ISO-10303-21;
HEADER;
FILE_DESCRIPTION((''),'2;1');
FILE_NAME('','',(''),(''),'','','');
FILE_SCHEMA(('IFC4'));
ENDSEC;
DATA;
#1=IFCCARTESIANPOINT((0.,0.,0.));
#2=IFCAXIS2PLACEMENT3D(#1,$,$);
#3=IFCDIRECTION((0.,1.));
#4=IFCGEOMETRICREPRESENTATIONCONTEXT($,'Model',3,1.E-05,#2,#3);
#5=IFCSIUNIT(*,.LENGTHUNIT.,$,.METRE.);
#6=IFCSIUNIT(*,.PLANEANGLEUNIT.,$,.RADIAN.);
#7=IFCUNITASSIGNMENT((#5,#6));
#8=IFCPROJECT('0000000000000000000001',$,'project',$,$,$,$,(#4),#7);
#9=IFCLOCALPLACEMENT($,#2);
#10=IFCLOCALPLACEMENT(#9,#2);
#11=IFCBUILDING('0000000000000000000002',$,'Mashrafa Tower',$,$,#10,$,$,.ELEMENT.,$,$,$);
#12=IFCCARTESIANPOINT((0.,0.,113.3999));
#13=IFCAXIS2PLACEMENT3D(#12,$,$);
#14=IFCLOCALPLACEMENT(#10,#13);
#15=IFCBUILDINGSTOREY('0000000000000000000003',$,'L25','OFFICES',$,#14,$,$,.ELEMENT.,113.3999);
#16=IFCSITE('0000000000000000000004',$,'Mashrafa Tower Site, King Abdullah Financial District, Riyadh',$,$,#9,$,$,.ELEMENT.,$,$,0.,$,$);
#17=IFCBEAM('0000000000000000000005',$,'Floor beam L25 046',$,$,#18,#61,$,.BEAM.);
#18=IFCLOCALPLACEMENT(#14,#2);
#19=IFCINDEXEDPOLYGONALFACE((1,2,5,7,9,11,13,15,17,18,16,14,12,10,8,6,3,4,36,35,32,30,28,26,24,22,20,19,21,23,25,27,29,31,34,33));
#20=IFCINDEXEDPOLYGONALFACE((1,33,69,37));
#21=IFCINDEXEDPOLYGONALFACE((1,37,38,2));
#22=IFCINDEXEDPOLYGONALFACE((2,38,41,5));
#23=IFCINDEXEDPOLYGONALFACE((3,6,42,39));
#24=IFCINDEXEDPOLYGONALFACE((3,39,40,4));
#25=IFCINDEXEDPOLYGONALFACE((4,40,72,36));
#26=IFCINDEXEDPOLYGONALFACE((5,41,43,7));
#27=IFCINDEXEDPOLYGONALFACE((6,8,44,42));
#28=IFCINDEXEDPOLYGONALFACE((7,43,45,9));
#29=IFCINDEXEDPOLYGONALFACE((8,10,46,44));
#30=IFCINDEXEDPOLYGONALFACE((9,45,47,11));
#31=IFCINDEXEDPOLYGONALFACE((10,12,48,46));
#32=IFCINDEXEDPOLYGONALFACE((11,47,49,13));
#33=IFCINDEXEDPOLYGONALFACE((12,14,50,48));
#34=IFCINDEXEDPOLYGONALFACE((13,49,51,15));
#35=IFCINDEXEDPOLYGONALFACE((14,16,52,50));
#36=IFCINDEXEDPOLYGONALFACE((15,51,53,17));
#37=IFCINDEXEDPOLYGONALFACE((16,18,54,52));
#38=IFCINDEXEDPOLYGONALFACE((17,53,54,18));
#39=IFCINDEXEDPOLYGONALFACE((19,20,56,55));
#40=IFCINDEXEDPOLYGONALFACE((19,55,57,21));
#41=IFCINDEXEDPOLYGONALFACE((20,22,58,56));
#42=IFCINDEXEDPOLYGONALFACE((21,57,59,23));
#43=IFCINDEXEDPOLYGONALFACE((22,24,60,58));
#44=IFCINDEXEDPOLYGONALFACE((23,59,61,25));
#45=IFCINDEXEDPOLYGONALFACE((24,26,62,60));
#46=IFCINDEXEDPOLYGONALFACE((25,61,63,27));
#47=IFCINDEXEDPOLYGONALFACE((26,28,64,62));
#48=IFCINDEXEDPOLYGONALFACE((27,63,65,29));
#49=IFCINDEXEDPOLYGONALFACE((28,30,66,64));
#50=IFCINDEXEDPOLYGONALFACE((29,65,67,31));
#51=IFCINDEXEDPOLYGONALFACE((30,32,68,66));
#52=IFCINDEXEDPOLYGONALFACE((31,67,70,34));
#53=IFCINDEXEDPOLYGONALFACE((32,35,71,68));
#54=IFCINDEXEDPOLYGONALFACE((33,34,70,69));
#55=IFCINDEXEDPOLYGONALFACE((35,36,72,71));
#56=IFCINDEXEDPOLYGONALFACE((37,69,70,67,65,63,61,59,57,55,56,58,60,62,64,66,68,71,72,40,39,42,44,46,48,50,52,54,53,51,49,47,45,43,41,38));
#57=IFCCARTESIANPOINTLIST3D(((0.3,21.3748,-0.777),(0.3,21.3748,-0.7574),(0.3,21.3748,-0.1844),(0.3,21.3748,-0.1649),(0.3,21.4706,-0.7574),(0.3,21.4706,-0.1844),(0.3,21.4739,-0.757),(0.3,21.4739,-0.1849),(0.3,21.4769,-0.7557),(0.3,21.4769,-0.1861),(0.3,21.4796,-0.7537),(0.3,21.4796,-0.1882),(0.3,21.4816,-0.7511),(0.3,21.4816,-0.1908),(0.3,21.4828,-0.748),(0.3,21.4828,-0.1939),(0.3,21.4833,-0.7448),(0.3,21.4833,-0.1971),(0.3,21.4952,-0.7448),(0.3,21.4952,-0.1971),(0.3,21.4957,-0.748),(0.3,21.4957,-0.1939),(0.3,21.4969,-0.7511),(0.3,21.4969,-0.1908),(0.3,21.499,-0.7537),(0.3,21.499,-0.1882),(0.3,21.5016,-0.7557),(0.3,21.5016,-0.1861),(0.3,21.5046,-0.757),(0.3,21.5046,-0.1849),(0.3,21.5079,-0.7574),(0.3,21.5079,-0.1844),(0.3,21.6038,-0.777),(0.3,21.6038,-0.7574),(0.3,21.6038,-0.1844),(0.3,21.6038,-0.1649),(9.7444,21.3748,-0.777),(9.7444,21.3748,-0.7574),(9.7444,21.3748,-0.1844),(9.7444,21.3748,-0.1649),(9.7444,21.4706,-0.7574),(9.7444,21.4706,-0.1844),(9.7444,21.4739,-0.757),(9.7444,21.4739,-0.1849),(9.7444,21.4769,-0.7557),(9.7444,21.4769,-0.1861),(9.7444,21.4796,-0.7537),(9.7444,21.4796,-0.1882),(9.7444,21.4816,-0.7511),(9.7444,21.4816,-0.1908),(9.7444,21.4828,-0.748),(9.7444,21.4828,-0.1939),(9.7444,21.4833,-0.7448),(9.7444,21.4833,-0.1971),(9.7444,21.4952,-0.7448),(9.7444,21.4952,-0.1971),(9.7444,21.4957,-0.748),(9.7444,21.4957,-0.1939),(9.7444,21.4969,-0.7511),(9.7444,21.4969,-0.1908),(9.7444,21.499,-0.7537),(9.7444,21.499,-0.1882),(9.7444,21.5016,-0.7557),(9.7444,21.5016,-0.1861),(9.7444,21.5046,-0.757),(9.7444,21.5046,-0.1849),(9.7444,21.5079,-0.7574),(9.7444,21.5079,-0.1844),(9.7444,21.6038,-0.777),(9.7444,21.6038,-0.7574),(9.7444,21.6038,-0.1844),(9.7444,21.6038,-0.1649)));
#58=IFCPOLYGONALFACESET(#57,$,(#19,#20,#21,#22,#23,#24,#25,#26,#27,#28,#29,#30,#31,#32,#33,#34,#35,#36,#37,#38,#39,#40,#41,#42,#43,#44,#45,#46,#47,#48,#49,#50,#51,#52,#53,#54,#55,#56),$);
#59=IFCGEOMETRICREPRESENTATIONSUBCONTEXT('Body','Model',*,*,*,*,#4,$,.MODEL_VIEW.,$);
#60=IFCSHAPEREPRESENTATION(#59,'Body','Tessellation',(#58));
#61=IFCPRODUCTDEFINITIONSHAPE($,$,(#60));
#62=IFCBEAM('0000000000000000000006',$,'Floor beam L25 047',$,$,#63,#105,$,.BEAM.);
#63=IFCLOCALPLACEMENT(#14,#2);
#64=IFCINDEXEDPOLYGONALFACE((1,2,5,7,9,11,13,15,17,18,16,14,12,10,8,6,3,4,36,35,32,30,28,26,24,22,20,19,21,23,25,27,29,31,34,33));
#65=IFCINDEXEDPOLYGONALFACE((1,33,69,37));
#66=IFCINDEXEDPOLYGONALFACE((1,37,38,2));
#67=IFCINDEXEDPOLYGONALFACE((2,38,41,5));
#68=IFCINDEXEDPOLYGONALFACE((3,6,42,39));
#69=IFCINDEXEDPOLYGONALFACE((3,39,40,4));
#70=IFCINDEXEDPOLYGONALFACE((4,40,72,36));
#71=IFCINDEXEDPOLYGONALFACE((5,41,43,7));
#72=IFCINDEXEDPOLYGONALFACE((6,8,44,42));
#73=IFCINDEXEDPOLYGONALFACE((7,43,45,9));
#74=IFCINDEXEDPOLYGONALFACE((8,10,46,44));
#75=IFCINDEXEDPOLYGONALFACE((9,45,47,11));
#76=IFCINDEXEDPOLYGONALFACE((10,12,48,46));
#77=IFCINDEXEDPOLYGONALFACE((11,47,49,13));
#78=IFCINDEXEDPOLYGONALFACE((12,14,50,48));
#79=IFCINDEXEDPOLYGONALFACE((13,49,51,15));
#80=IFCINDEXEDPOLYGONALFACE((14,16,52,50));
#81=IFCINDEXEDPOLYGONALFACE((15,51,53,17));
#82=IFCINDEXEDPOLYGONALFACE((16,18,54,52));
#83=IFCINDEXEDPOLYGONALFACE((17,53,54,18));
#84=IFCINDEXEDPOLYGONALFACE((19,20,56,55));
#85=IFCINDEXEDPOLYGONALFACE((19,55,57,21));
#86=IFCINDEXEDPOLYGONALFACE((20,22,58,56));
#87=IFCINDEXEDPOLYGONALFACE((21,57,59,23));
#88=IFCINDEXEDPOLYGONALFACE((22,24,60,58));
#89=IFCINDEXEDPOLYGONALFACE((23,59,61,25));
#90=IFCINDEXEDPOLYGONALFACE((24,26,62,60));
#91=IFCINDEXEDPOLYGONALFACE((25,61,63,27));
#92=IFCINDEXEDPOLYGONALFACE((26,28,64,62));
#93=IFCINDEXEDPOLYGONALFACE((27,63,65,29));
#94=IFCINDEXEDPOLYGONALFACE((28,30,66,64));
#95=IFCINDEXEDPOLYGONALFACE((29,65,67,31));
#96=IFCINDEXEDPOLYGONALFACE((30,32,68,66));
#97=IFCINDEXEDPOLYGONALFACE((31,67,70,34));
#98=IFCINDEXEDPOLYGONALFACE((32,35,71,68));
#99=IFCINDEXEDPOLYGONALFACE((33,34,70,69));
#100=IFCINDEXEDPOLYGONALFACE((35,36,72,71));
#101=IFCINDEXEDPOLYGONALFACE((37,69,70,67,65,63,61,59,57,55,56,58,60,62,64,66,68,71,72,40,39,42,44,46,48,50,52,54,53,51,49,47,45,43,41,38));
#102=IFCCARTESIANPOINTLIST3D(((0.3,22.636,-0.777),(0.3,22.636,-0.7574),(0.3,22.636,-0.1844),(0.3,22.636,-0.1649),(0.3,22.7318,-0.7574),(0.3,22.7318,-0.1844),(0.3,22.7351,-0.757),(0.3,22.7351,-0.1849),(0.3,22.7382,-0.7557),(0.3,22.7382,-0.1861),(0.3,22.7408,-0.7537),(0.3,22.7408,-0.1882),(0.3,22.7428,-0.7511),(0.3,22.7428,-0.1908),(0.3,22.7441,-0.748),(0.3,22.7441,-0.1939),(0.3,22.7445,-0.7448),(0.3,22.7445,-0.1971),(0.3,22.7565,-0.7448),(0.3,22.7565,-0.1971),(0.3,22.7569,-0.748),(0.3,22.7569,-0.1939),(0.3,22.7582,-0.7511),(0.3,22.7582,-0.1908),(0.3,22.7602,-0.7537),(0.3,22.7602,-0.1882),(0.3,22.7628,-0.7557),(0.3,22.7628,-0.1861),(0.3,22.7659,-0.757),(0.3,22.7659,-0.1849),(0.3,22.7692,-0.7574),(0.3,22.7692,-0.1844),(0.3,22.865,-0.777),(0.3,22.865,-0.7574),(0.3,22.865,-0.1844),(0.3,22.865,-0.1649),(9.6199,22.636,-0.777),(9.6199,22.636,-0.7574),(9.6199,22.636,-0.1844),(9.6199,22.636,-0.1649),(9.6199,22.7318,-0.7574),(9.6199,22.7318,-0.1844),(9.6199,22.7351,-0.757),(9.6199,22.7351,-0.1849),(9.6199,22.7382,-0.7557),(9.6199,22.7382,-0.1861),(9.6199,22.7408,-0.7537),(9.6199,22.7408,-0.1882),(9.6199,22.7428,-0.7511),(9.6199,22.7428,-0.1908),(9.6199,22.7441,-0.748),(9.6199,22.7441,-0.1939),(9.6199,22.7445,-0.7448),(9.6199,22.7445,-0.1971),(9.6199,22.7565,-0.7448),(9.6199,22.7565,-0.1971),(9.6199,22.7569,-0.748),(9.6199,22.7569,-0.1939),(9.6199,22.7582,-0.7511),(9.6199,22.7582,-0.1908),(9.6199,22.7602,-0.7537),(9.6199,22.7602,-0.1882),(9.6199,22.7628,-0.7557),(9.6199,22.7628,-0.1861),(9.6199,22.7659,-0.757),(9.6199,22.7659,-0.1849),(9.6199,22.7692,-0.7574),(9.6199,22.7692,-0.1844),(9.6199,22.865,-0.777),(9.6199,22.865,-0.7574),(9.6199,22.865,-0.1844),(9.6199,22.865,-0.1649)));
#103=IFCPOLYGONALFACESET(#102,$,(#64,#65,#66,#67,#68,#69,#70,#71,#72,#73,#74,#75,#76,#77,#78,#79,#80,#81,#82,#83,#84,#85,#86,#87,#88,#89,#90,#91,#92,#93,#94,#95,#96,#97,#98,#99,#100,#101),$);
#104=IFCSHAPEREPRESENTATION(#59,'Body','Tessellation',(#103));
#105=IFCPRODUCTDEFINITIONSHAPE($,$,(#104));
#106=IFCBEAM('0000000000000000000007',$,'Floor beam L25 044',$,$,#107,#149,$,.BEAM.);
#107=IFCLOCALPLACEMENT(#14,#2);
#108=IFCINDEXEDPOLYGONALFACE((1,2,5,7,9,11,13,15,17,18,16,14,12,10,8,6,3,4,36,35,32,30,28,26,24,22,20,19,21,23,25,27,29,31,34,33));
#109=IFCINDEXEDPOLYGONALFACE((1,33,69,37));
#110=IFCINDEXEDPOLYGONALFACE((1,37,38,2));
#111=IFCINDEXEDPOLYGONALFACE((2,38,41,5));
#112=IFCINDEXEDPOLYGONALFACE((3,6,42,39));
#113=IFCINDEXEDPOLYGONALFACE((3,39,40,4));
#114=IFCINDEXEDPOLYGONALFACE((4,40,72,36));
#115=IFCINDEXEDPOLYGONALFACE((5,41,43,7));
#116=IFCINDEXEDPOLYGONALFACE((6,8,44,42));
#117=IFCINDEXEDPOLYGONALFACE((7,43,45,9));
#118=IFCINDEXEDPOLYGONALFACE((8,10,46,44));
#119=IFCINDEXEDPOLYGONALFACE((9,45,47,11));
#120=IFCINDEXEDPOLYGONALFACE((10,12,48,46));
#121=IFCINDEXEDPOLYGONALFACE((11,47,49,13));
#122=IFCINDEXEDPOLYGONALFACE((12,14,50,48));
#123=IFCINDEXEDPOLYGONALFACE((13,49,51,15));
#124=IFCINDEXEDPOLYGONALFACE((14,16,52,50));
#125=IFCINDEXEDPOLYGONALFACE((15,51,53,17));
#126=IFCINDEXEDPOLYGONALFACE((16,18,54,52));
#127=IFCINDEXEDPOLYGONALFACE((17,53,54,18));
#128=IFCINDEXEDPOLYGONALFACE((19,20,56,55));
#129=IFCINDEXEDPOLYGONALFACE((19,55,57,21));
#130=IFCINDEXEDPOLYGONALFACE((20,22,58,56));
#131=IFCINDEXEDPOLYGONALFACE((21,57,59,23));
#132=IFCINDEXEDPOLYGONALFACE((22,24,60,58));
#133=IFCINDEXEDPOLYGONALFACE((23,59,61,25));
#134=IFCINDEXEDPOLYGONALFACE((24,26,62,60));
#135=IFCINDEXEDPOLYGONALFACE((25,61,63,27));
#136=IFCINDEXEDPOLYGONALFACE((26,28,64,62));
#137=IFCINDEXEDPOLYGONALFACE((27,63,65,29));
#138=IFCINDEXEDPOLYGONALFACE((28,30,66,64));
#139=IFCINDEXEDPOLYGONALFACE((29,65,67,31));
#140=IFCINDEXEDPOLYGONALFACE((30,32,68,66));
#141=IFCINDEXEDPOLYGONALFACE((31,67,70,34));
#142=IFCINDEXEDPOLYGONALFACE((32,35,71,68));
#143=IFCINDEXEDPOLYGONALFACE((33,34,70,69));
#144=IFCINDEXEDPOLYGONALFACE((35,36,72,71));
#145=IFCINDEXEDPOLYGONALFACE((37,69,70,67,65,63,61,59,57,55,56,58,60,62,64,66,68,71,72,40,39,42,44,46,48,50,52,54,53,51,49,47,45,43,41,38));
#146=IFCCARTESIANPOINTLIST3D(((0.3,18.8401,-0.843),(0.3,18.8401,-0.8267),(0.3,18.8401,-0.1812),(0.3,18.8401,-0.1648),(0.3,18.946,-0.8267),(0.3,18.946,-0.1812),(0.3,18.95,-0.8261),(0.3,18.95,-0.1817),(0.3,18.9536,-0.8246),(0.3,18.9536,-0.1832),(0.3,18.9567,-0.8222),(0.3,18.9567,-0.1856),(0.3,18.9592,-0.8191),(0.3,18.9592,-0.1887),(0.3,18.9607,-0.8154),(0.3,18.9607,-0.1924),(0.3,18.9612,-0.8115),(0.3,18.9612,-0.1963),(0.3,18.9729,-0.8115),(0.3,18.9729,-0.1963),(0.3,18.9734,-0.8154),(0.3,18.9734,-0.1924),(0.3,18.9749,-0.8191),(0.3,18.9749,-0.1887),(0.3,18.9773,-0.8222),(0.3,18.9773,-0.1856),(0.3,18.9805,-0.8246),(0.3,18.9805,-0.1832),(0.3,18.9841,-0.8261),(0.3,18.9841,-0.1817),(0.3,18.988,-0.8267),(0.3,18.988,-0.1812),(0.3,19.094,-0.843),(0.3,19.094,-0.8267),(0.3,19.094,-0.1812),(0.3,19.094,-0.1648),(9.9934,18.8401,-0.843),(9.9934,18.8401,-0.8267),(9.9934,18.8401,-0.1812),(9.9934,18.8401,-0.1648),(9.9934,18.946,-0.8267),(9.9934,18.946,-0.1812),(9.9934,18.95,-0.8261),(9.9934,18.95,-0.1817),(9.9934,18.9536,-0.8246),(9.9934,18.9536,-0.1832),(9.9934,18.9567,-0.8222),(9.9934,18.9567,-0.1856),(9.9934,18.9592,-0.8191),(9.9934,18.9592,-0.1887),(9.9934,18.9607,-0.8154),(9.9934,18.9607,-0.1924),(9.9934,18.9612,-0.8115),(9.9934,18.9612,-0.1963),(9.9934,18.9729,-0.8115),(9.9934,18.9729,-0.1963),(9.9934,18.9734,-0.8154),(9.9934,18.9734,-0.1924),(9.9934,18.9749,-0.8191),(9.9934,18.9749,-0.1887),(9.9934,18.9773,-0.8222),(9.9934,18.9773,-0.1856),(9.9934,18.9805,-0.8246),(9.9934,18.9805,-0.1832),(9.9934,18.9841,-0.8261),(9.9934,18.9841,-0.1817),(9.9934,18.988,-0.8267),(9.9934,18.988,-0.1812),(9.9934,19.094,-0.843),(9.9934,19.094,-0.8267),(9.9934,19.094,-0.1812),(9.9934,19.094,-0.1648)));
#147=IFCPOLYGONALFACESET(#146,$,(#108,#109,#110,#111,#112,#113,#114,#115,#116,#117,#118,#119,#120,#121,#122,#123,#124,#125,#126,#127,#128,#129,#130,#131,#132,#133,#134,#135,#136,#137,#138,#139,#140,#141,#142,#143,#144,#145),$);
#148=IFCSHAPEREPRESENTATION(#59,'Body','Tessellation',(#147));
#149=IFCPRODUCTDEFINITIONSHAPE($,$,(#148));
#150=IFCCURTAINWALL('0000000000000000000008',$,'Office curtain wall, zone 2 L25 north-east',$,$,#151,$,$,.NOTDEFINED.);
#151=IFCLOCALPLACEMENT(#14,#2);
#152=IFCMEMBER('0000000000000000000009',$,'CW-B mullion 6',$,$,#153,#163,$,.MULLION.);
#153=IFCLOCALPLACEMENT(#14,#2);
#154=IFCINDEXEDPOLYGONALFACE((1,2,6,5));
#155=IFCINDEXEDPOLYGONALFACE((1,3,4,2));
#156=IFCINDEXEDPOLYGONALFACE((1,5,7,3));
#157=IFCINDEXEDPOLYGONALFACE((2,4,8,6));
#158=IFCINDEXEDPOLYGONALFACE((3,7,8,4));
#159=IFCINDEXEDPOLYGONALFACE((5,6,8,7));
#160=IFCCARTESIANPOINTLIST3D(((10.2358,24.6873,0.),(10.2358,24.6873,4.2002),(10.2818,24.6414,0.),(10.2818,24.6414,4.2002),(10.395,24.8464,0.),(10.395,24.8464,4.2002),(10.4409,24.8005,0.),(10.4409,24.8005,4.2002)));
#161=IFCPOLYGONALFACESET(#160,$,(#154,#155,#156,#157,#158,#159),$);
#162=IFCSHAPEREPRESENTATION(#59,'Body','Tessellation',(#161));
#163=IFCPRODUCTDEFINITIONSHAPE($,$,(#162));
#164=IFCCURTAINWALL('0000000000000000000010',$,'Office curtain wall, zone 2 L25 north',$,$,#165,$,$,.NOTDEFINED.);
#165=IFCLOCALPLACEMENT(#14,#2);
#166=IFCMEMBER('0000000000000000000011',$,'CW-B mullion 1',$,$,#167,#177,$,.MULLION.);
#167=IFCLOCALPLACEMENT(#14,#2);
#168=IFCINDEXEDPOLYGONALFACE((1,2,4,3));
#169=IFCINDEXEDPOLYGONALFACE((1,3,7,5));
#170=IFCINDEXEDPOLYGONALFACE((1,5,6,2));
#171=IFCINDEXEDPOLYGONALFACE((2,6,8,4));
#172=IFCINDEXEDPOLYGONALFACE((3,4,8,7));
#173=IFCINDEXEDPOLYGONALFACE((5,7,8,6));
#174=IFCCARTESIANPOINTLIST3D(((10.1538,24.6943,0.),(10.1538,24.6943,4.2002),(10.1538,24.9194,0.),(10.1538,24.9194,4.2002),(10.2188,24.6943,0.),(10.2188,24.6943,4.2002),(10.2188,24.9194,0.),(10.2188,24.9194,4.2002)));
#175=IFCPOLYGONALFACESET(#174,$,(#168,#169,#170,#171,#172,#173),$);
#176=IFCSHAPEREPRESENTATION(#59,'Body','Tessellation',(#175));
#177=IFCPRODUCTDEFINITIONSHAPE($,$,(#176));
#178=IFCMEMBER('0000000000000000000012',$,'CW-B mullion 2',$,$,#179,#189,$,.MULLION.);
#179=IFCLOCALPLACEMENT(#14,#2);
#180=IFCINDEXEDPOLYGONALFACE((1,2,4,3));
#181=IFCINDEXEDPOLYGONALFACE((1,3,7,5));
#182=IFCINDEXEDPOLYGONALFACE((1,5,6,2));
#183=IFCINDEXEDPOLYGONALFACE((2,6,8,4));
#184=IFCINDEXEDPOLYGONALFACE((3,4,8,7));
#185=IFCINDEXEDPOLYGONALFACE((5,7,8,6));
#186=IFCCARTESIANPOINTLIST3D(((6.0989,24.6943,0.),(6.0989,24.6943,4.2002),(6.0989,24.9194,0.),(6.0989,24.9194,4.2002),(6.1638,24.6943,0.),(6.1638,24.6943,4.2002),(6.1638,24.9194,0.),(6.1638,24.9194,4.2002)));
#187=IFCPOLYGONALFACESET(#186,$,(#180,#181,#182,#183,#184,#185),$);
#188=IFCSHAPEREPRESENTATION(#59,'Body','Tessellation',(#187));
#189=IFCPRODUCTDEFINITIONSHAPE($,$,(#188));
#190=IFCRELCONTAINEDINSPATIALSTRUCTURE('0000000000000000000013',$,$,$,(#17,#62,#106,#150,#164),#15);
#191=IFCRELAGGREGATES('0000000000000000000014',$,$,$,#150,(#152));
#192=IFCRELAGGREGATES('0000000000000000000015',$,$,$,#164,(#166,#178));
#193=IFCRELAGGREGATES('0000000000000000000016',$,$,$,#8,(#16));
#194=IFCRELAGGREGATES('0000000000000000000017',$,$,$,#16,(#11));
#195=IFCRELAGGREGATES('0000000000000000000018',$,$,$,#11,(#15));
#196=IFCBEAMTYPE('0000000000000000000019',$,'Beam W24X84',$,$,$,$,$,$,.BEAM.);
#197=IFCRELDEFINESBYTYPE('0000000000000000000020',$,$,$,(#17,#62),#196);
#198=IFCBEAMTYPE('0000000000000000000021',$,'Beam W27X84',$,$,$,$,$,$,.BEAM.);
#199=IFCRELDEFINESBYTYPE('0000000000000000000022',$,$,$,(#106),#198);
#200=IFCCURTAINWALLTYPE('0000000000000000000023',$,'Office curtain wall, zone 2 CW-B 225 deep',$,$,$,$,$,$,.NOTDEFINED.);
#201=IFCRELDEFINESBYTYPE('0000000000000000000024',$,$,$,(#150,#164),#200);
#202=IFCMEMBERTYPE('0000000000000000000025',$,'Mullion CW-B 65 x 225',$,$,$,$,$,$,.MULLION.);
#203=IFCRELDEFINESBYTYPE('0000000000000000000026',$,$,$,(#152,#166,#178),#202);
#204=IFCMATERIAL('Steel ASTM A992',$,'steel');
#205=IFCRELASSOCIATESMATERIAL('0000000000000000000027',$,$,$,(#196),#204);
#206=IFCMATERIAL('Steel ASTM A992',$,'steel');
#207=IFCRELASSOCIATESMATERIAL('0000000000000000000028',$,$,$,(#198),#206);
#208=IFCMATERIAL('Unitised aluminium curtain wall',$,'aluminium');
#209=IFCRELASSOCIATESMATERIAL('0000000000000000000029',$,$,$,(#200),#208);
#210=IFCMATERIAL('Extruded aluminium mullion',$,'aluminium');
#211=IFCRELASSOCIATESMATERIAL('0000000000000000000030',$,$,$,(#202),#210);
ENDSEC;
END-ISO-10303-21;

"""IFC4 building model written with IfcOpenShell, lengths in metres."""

from ifc_helpers import new_model, si_unit, direction, frame, origin, origin_2d, place, context, subcontext, project, spatial, rectangle, i_section, extrude, source, transform, mapped, material, material_profile, profile_set, type_object, type_shapes, element, aggregate, save


model = new_model("IFC4")

# Units and contexts
model_context = context("Model", 3, precision=1e-05, world=origin(), true_north=direction((0.0, 1.0)))
body_context = subcontext(model_context, "Body", "Model", "MODEL_VIEW")
ifc_project = project(units=[si_unit("LENGTHUNIT", "METRE"), si_unit("PLANEANGLEUNIT", "RADIAN")], contexts=[model_context])

# Site, building, storey
site_placement = place(None, origin())
site = spatial("IfcSite", under=ifc_project, at=site_placement, Name="Mashrafa Tower Site, King Abdullah Financial District, Riyadh", CompositionType="ELEMENT", RefElevation=0.0)
building_placement = place(site_placement, origin())
building = spatial("IfcBuilding", under=site, at=building_placement, Name="Mashrafa Tower", CompositionType="ELEMENT")
storey_placement = place(building_placement, frame((0.0, 0.0, 113.3999)))
storey = spatial("IfcBuildingStorey", under=building, at=storey_placement, Name="L25", Description="OFFICES", CompositionType="ELEMENT", Elevation=113.3999)

# Beams
ifc_material_1 = material(Name="Steel ASTM A992", Category="steel")
ifc_material_profile_1 = material_profile(ifc_material_1, i_section(OverallWidth=0.229, OverallDepth=0.6121, WebThickness=0.012, FlangeThickness=0.0195, FilletRadius=0.0127, at=origin_2d()), Name="W24X84")
ifc_profile_set_1 = profile_set([ifc_material_profile_1], Name="Steel ASTM A992")
beam_type_1 = type_object("IfcBeamType", Name="Beam W24X84", PredefinedType="BEAM", material=ifc_profile_set_1)
beam_1_placement = place(storey_placement, frame((0.3, 21.4893, -0.4709), z_axis=(1.0, 0.0, 0.0), x_axis=(0.0, 1.0, 0.0)))
element("IfcBeam", 1, at=beam_1_placement, inside=storey, type_object=beam_type_1, Name="Floor beam L25 046", PredefinedType="BEAM", context=body_context, shape_type="SweptSolid", body=[
    extrude(i_section(OverallWidth=0.229, OverallDepth=0.6121, WebThickness=0.012, FlangeThickness=0.0195, FilletRadius=0.0127, at=origin_2d()), origin(), (0.0, 0.0, 1.0), 9.4443),
])
beam_2_placement = place(storey_placement, frame((0.3, 22.7505, -0.4709), z_axis=(1.0, 0.0, 0.0), x_axis=(0.0, 1.0, 0.0)))
element("IfcBeam", 2, at=beam_2_placement, inside=storey, type_object=beam_type_1, Name="Floor beam L25 047", PredefinedType="BEAM", context=body_context, shape_type="SweptSolid", body=[
    extrude(i_section(OverallWidth=0.229, OverallDepth=0.6121, WebThickness=0.012, FlangeThickness=0.0195, FilletRadius=0.0127, at=origin_2d()), origin(), (0.0, 0.0, 1.0), 9.3198),
])
ifc_material_2 = material(Name="Steel ASTM A992", Category="steel")
ifc_material_profile_2 = material_profile(ifc_material_2, i_section(OverallWidth=0.2539, OverallDepth=0.6782, WebThickness=0.0117, FlangeThickness=0.0164, FilletRadius=0.0151, at=origin_2d()), Name="W27X84")
ifc_profile_set_2 = profile_set([ifc_material_profile_2], Name="Steel ASTM A992")
beam_type_2 = type_object("IfcBeamType", Name="Beam W27X84", PredefinedType="BEAM", material=ifc_profile_set_2)
beam_3_placement = place(storey_placement, frame((0.3, 18.967, -0.5039), z_axis=(1.0, 0.0, 0.0), x_axis=(0.0, 1.0, 0.0)))
element("IfcBeam", 3, at=beam_3_placement, inside=storey, type_object=beam_type_2, Name="Floor beam L25 044", PredefinedType="BEAM", context=body_context, shape_type="SweptSolid", body=[
    extrude(i_section(OverallWidth=0.2539, OverallDepth=0.6782, WebThickness=0.0117, FlangeThickness=0.0164, FilletRadius=0.0151, at=origin_2d()), origin(), (0.0, 0.0, 1.0), 9.6934),
])

# Curtain wall, member
ifc_material_3 = material(Name="Unitised aluminium curtain wall", Category="aluminium")
curtain_wall_type = type_object("IfcCurtainWallType", Name="Office curtain wall, zone 2 CW-B 225 deep", PredefinedType="NOTDEFINED", material=ifc_material_3)
curtain_wall_1_placement = place(storey_placement, origin())
curtain_wall_1 = element("IfcCurtainWall", 4, at=curtain_wall_1_placement, inside=storey, type_object=curtain_wall_type, Name="Office curtain wall, zone 2 L25 north-east", PredefinedType="NOTDEFINED")
ifc_material_4 = material(Name="Extruded aluminium mullion", Category="aluminium")
ifc_material_profile_3 = material_profile(ifc_material_4, rectangle(XDim=0.2251, YDim=0.0649, at=origin_2d()), Name="Mullion 65x225")
ifc_profile_set_3 = profile_set([ifc_material_profile_3], Name="Extruded aluminium mullion")
member_type_1 = type_object("IfcMemberType", Name="Mullion CW-B 65 x 225", PredefinedType="MULLION", material=ifc_profile_set_3)
shared_shape_1 = source(origin(), body_context, "Body", "SweptSolid", [
    extrude(rectangle(XDim=0.2251, YDim=0.0649, at=origin_2d()), origin(), (0.0, 0.0, 1.0), 4.2002),
])
type_shapes(member_type_1, [shared_shape_1])
member_1_placement = place(storey_placement, frame((10.3384, 24.7439, 0.0), z_axis=(0.0, 0.0, 1.0), x_axis=(-0.707107, -0.707107, 0.0)))
member_1 = element("IfcMember", 5, at=member_1_placement, type_object=member_type_1, Name="CW-B mullion 6", PredefinedType="MULLION", context=body_context, shape_type="MappedRepresentation", body=[
    mapped(shared_shape_1, transform((0.0, 0.0, 0.0))),
])

# Curtain wall, members
curtain_wall_2_placement = place(storey_placement, origin())
curtain_wall_2 = element("IfcCurtainWall", 6, at=curtain_wall_2_placement, inside=storey, type_object=curtain_wall_type, Name="Office curtain wall, zone 2 L25 north", PredefinedType="NOTDEFINED")
member_2_placement = place(storey_placement, frame((10.1863, 24.8069, 0.0), z_axis=(0.0, 0.0, 1.0), x_axis=(0.0, -1.0, 0.0)))
member_2 = element("IfcMember", 7, at=member_2_placement, type_object=member_type_1, Name="CW-B mullion 1", PredefinedType="MULLION", context=body_context, shape_type="MappedRepresentation", body=[
    mapped(shared_shape_1, transform((0.0, 0.0, 0.0))),
])
member_3_placement = place(storey_placement, frame((6.1313, 24.8069, 0.0), z_axis=(0.0, 0.0, 1.0), x_axis=(0.0, -1.0, 0.0)))
member_3 = element("IfcMember", 8, at=member_3_placement, type_object=member_type_1, Name="CW-B mullion 2", PredefinedType="MULLION", context=body_context, shape_type="MappedRepresentation", body=[
    mapped(shared_shape_1, transform((0.0, 0.0, 0.0))),
])

aggregate(curtain_wall_1, [member_1])
aggregate(curtain_wall_2, [member_2, member_3])

save(model, "model.ifc")
